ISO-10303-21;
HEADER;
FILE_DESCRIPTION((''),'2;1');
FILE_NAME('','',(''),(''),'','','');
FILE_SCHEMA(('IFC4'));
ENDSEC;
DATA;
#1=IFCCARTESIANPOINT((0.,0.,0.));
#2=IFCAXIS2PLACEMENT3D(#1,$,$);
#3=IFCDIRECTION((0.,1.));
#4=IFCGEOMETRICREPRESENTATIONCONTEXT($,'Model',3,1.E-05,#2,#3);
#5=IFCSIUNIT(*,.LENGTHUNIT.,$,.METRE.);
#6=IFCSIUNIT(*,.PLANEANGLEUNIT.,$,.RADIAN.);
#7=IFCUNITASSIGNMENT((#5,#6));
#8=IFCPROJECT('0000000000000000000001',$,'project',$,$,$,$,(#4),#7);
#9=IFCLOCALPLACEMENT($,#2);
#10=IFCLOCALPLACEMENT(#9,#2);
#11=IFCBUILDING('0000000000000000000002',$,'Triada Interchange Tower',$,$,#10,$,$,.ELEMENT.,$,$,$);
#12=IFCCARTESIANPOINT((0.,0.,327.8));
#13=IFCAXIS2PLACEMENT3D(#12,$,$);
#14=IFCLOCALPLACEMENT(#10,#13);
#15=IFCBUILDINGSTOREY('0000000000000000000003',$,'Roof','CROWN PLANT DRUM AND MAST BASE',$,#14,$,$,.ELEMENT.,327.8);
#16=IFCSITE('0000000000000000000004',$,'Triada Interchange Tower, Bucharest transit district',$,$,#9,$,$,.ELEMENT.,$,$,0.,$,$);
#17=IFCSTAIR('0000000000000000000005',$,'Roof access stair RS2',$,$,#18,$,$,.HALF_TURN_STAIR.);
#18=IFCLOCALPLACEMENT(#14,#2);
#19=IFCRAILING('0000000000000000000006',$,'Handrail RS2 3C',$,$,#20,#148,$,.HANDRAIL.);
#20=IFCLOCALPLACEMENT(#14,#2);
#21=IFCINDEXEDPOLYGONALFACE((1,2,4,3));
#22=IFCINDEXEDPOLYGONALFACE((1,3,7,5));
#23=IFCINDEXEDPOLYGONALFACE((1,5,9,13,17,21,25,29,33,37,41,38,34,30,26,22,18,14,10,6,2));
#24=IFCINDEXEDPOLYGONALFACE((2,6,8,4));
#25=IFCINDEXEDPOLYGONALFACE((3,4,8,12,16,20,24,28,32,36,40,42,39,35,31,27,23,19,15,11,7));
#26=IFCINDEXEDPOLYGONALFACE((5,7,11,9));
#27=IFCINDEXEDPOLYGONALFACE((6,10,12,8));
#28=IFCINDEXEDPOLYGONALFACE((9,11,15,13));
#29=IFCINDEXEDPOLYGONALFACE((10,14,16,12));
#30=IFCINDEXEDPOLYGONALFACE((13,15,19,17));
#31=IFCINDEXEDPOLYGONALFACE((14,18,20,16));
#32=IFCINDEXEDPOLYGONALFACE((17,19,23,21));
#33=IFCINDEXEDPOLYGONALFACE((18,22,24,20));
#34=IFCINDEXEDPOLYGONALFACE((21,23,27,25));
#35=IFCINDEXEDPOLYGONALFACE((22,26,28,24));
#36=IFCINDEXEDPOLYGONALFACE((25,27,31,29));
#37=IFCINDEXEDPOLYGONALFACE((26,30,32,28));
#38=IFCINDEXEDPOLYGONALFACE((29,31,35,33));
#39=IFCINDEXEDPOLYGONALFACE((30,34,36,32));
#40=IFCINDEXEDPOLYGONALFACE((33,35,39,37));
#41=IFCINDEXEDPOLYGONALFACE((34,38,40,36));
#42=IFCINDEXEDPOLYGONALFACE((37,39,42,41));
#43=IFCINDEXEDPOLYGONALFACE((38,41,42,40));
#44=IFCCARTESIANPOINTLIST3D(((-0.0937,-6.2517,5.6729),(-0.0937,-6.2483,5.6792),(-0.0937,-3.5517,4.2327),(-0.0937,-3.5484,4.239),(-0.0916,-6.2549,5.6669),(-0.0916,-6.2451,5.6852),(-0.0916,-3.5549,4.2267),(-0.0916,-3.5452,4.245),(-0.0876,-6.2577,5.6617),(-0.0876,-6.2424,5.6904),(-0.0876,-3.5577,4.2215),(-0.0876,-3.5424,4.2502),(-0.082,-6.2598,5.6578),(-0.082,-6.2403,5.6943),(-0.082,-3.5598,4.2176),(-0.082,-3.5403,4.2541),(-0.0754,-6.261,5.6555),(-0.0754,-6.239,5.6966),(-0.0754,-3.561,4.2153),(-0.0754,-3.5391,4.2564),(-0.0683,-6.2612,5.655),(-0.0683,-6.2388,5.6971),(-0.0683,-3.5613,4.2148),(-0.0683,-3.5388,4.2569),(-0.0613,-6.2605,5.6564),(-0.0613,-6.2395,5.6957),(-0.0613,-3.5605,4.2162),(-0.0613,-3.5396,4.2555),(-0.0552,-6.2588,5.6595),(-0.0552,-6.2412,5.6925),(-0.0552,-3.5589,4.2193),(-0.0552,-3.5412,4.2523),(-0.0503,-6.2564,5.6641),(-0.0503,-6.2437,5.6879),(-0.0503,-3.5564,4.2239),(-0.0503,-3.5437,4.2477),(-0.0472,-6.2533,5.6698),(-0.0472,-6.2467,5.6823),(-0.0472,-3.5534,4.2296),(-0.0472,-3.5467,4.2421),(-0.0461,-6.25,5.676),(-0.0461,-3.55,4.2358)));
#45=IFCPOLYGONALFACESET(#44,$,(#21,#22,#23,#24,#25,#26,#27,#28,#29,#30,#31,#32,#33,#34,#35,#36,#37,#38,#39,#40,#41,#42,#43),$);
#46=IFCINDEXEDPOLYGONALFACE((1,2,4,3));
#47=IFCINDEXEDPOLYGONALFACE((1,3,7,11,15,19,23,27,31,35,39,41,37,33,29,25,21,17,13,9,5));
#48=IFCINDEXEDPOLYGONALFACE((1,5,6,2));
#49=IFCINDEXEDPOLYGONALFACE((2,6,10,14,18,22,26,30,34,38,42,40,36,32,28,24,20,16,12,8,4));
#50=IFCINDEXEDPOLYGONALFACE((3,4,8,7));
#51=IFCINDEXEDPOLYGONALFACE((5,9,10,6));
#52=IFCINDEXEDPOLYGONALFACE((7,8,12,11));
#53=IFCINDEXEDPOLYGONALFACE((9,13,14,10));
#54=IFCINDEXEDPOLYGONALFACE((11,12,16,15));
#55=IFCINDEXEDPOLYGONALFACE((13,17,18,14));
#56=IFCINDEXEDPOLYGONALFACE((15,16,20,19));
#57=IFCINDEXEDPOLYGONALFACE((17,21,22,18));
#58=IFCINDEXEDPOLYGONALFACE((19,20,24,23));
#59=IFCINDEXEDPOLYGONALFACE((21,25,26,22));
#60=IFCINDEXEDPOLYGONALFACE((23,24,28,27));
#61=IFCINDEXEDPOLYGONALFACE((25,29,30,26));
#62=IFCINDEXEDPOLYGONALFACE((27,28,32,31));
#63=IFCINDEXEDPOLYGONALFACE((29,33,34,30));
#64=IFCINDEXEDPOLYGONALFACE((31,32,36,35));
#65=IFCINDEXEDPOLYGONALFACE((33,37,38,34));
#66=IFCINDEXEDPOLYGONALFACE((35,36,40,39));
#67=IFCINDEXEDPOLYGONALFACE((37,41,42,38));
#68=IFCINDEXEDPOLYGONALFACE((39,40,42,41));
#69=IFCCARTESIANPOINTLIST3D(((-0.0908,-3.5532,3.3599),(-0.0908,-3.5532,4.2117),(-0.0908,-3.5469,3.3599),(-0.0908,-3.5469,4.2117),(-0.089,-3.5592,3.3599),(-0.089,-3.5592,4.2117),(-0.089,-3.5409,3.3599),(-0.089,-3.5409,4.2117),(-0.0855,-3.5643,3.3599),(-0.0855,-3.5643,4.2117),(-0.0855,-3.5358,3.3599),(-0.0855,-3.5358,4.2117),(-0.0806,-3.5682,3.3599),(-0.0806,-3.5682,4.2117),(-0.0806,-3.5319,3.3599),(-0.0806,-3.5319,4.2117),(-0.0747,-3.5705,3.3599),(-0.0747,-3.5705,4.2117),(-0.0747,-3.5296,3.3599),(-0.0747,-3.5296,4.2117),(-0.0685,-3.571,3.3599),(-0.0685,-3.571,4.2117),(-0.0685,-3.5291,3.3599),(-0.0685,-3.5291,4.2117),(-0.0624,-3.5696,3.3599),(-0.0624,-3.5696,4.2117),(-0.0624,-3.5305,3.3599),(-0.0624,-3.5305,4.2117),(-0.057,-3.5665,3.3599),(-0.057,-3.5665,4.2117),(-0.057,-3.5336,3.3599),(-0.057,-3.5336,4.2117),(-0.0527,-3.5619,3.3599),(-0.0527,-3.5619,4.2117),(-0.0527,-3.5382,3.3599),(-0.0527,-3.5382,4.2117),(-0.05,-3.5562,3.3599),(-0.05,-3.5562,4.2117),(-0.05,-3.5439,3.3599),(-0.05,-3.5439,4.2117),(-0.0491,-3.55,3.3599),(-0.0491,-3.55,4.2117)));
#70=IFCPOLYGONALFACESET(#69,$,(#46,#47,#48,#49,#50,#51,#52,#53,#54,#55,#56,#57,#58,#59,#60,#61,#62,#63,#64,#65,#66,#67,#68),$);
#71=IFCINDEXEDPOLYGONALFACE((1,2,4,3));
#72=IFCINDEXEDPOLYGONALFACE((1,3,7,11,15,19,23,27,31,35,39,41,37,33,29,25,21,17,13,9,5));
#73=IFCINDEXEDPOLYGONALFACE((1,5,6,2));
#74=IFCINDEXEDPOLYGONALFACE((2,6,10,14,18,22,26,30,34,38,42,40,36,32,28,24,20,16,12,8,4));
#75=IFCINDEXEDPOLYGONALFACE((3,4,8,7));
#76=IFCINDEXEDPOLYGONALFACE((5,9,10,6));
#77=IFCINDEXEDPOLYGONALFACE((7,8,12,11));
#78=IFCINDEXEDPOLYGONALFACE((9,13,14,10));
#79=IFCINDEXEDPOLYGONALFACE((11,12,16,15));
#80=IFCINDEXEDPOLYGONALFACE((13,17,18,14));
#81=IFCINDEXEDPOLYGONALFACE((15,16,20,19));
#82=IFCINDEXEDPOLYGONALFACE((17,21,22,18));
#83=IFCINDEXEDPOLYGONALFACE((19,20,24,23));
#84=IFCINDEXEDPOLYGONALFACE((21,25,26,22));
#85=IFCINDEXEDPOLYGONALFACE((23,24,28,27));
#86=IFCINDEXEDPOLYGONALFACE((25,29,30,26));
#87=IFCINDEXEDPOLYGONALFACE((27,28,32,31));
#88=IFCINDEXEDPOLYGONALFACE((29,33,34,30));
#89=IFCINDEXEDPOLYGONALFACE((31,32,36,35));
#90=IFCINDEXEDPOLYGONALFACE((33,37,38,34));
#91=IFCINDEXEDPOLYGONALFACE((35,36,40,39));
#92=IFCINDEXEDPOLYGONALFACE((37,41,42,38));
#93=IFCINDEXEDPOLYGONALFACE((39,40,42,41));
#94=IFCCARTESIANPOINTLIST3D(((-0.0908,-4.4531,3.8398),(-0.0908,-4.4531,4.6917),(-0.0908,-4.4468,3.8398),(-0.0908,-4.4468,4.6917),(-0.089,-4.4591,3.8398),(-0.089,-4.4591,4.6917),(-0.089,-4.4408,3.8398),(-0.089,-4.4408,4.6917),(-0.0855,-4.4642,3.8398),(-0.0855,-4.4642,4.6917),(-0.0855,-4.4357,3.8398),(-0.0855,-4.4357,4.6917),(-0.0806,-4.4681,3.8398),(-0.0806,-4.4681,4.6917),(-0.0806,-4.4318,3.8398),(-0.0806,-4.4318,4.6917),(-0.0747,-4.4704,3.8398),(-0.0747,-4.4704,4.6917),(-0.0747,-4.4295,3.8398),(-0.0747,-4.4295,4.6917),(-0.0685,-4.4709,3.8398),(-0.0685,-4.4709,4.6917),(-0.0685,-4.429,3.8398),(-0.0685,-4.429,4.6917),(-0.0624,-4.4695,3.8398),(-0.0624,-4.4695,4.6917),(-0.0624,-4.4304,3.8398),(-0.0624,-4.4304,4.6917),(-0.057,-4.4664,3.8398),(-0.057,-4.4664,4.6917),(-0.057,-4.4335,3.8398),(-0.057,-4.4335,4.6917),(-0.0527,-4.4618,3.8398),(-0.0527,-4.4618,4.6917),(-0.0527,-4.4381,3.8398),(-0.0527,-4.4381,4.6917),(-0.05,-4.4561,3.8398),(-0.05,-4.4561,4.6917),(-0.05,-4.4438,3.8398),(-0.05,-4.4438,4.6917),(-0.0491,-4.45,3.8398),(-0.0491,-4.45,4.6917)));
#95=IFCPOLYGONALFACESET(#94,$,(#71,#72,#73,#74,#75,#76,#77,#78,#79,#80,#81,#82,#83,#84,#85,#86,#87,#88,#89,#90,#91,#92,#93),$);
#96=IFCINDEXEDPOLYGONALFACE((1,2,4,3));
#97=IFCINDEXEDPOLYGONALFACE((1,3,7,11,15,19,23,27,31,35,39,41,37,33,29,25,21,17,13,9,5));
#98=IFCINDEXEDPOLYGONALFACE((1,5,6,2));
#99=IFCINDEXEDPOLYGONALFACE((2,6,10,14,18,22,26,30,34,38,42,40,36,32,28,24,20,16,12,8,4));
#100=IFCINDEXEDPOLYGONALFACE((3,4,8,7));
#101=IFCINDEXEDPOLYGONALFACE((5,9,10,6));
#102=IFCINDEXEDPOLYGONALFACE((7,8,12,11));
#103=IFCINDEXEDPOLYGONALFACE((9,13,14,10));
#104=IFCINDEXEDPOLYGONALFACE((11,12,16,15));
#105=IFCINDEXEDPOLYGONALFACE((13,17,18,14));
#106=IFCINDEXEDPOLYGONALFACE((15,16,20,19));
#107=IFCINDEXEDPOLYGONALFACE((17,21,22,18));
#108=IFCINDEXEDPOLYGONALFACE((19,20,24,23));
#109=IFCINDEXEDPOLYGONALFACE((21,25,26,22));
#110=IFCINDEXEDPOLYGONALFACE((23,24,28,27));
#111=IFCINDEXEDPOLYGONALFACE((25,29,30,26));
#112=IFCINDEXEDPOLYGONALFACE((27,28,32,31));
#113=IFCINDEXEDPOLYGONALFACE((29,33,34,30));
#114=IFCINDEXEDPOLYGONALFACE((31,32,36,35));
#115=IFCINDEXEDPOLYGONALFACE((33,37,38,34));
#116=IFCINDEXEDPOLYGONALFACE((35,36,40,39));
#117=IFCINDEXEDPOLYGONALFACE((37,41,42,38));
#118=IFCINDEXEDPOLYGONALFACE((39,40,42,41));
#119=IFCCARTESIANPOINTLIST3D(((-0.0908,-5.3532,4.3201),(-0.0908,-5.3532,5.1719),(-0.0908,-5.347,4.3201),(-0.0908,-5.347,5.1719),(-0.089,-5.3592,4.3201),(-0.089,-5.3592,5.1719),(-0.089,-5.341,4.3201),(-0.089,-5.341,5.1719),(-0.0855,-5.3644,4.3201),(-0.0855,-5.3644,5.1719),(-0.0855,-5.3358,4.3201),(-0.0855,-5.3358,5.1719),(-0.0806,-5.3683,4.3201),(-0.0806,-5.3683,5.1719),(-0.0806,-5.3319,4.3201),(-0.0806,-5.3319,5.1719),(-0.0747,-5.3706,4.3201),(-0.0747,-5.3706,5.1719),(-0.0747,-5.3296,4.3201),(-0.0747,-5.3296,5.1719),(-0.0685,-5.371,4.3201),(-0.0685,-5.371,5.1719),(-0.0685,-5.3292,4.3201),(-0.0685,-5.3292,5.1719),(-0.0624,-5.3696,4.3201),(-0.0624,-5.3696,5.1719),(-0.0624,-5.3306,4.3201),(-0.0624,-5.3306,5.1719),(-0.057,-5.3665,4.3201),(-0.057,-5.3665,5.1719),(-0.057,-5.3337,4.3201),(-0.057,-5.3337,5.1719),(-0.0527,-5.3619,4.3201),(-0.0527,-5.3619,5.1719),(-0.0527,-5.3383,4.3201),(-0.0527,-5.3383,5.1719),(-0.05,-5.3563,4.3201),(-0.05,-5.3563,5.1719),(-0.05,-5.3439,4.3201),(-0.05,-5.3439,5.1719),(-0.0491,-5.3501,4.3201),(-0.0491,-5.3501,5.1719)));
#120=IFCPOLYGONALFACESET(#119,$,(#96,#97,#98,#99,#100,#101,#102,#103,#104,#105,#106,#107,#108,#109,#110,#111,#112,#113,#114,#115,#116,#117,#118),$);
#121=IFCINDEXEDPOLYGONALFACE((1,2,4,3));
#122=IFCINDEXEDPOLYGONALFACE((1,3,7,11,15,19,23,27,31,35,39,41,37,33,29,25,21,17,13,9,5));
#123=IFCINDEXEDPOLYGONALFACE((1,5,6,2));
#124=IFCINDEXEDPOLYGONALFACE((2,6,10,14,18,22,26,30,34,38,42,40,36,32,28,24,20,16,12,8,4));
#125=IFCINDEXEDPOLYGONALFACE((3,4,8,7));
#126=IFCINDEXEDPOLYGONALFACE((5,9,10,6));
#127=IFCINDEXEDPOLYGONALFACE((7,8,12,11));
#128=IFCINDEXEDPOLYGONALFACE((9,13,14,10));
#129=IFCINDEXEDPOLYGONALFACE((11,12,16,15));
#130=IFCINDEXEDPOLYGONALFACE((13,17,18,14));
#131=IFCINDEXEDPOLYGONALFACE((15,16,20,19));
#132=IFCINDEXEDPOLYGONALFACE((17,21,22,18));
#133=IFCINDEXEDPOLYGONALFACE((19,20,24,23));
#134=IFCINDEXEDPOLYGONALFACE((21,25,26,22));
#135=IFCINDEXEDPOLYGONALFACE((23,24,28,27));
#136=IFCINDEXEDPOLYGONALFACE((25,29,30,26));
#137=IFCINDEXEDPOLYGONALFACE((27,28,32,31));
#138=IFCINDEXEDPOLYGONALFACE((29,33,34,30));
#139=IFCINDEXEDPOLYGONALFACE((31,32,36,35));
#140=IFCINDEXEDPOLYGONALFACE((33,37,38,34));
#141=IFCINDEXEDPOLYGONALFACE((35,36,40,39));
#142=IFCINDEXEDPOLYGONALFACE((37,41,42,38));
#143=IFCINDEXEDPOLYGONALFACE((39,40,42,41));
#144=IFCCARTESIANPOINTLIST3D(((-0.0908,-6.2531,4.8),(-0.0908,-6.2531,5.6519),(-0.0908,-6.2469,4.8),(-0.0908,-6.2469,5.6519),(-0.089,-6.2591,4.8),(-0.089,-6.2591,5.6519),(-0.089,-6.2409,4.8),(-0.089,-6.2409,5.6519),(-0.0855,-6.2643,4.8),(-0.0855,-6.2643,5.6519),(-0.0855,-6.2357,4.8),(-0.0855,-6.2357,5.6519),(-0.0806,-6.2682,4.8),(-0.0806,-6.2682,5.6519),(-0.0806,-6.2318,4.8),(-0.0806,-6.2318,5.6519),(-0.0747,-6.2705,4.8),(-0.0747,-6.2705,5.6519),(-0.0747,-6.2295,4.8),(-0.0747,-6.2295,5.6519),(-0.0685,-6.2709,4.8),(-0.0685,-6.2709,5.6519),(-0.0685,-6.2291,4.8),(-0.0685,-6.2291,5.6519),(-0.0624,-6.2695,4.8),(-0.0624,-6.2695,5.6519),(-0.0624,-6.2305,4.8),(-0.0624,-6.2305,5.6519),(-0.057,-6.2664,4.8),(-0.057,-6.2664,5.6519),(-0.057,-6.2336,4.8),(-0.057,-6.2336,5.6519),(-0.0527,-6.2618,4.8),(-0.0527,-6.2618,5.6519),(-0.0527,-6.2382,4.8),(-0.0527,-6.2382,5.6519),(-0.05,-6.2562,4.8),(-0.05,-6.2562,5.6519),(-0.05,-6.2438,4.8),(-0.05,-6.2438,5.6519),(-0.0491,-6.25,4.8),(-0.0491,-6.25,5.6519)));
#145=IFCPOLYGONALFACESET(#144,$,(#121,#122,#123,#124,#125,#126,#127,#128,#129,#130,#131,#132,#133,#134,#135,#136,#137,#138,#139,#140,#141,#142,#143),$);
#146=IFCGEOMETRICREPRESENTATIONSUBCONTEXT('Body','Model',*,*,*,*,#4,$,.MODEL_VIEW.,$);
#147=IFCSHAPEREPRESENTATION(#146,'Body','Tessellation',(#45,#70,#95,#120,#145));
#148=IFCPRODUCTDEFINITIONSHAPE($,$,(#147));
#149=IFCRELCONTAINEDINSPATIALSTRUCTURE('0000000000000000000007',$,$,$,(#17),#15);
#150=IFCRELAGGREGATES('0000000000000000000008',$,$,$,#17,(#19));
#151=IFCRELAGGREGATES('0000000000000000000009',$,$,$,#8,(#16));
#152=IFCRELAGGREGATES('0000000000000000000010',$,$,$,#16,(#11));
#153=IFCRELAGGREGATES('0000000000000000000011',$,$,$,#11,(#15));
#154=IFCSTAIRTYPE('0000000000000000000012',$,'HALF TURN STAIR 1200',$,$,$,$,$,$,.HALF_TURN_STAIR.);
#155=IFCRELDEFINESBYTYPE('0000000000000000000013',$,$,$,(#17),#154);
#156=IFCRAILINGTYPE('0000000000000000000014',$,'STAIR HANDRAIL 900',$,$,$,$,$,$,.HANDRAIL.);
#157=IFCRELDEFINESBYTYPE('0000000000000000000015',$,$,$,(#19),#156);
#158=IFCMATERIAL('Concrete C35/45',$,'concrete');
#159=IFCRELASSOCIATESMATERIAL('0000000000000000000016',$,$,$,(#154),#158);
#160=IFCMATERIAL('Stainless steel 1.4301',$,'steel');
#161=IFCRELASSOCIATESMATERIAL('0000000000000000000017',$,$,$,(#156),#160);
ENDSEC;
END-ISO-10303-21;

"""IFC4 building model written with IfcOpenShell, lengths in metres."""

from ifc_helpers import new_model, si_unit, direction, frame, origin, origin_2d, place, context, subcontext, project, spatial, circle, extrude, material, type_object, element, aggregate, save


model = new_model("IFC4")

# Units and contexts
model_context = context("Model", 3, precision=1e-05, world=origin(), true_north=direction((0.0, 1.0)))
body_context = subcontext(model_context, "Body", "Model", "MODEL_VIEW")
ifc_project = project(units=[si_unit("LENGTHUNIT", "METRE"), si_unit("PLANEANGLEUNIT", "RADIAN")], contexts=[model_context])

# Site, building, storey
site_placement = place(None, origin())
site = spatial("IfcSite", under=ifc_project, at=site_placement, Name="Triada Interchange Tower, Bucharest transit district", CompositionType="ELEMENT", RefElevation=0.0)
building_placement = place(site_placement, origin())
building = spatial("IfcBuilding", under=site, at=building_placement, Name="Triada Interchange Tower", CompositionType="ELEMENT")
storey_placement = place(building_placement, frame((0.0, 0.0, 327.8)))
storey = spatial("IfcBuildingStorey", under=building, at=storey_placement, Name="Roof", Description="CROWN PLANT DRUM AND MAST BASE", CompositionType="ELEMENT", Elevation=327.8)

# Stair
ifc_material_1 = material(Name="Concrete C35/45", Category="concrete")
stair_type = type_object("IfcStairType", Name="HALF TURN STAIR 1200", PredefinedType="HALF_TURN_STAIR", material=ifc_material_1)
stair_placement = place(storey_placement, origin())
stair = element("IfcStair", 1, at=stair_placement, inside=storey, type_object=stair_type, Name="Roof access stair RS2", PredefinedType="HALF_TURN_STAIR")

# Railing
ifc_material_2 = material(Name="Stainless steel 1.4301", Category="steel")
railing_type = type_object("IfcRailingType", Name="STAIR HANDRAIL 900", PredefinedType="HANDRAIL", material=ifc_material_2)
railing_1_placement = place(storey_placement, frame((-0.0701, -3.55, 3.3599)))
railing_1 = element("IfcRailing", 2, at=railing_1_placement, type_object=railing_type, Name="Handrail RS2 3C", PredefinedType="HANDRAIL", context=body_context, shape_type="SweptSolid", body=[
    extrude(circle(Radius=0.0239, at=origin_2d()), frame((0.0, 0.0, 0.876), z_axis=(0.0, -0.882324, 0.470642), x_axis=(1.0, 0.0, 0.0)), (0.0, 0.0, 1.0), 3.0601),
    extrude(circle(Radius=0.021, at=origin_2d()), origin(), (0.0, 0.0, 1.0), 0.8518),
    extrude(circle(Radius=0.021, at=origin_2d()), frame((0.0, -0.8999, 0.48)), (0.0, 0.0, 1.0), 0.8518),
    extrude(circle(Radius=0.021, at=origin_2d()), frame((0.0, -1.8, 0.9602)), (0.0, 0.0, 1.0), 0.8518),
    extrude(circle(Radius=0.021, at=origin_2d()), frame((0.0, -2.7, 1.4402)), (0.0, 0.0, 1.0), 0.8518),
])
aggregate(stair, [railing_1])

save(model, "model.ifc")
